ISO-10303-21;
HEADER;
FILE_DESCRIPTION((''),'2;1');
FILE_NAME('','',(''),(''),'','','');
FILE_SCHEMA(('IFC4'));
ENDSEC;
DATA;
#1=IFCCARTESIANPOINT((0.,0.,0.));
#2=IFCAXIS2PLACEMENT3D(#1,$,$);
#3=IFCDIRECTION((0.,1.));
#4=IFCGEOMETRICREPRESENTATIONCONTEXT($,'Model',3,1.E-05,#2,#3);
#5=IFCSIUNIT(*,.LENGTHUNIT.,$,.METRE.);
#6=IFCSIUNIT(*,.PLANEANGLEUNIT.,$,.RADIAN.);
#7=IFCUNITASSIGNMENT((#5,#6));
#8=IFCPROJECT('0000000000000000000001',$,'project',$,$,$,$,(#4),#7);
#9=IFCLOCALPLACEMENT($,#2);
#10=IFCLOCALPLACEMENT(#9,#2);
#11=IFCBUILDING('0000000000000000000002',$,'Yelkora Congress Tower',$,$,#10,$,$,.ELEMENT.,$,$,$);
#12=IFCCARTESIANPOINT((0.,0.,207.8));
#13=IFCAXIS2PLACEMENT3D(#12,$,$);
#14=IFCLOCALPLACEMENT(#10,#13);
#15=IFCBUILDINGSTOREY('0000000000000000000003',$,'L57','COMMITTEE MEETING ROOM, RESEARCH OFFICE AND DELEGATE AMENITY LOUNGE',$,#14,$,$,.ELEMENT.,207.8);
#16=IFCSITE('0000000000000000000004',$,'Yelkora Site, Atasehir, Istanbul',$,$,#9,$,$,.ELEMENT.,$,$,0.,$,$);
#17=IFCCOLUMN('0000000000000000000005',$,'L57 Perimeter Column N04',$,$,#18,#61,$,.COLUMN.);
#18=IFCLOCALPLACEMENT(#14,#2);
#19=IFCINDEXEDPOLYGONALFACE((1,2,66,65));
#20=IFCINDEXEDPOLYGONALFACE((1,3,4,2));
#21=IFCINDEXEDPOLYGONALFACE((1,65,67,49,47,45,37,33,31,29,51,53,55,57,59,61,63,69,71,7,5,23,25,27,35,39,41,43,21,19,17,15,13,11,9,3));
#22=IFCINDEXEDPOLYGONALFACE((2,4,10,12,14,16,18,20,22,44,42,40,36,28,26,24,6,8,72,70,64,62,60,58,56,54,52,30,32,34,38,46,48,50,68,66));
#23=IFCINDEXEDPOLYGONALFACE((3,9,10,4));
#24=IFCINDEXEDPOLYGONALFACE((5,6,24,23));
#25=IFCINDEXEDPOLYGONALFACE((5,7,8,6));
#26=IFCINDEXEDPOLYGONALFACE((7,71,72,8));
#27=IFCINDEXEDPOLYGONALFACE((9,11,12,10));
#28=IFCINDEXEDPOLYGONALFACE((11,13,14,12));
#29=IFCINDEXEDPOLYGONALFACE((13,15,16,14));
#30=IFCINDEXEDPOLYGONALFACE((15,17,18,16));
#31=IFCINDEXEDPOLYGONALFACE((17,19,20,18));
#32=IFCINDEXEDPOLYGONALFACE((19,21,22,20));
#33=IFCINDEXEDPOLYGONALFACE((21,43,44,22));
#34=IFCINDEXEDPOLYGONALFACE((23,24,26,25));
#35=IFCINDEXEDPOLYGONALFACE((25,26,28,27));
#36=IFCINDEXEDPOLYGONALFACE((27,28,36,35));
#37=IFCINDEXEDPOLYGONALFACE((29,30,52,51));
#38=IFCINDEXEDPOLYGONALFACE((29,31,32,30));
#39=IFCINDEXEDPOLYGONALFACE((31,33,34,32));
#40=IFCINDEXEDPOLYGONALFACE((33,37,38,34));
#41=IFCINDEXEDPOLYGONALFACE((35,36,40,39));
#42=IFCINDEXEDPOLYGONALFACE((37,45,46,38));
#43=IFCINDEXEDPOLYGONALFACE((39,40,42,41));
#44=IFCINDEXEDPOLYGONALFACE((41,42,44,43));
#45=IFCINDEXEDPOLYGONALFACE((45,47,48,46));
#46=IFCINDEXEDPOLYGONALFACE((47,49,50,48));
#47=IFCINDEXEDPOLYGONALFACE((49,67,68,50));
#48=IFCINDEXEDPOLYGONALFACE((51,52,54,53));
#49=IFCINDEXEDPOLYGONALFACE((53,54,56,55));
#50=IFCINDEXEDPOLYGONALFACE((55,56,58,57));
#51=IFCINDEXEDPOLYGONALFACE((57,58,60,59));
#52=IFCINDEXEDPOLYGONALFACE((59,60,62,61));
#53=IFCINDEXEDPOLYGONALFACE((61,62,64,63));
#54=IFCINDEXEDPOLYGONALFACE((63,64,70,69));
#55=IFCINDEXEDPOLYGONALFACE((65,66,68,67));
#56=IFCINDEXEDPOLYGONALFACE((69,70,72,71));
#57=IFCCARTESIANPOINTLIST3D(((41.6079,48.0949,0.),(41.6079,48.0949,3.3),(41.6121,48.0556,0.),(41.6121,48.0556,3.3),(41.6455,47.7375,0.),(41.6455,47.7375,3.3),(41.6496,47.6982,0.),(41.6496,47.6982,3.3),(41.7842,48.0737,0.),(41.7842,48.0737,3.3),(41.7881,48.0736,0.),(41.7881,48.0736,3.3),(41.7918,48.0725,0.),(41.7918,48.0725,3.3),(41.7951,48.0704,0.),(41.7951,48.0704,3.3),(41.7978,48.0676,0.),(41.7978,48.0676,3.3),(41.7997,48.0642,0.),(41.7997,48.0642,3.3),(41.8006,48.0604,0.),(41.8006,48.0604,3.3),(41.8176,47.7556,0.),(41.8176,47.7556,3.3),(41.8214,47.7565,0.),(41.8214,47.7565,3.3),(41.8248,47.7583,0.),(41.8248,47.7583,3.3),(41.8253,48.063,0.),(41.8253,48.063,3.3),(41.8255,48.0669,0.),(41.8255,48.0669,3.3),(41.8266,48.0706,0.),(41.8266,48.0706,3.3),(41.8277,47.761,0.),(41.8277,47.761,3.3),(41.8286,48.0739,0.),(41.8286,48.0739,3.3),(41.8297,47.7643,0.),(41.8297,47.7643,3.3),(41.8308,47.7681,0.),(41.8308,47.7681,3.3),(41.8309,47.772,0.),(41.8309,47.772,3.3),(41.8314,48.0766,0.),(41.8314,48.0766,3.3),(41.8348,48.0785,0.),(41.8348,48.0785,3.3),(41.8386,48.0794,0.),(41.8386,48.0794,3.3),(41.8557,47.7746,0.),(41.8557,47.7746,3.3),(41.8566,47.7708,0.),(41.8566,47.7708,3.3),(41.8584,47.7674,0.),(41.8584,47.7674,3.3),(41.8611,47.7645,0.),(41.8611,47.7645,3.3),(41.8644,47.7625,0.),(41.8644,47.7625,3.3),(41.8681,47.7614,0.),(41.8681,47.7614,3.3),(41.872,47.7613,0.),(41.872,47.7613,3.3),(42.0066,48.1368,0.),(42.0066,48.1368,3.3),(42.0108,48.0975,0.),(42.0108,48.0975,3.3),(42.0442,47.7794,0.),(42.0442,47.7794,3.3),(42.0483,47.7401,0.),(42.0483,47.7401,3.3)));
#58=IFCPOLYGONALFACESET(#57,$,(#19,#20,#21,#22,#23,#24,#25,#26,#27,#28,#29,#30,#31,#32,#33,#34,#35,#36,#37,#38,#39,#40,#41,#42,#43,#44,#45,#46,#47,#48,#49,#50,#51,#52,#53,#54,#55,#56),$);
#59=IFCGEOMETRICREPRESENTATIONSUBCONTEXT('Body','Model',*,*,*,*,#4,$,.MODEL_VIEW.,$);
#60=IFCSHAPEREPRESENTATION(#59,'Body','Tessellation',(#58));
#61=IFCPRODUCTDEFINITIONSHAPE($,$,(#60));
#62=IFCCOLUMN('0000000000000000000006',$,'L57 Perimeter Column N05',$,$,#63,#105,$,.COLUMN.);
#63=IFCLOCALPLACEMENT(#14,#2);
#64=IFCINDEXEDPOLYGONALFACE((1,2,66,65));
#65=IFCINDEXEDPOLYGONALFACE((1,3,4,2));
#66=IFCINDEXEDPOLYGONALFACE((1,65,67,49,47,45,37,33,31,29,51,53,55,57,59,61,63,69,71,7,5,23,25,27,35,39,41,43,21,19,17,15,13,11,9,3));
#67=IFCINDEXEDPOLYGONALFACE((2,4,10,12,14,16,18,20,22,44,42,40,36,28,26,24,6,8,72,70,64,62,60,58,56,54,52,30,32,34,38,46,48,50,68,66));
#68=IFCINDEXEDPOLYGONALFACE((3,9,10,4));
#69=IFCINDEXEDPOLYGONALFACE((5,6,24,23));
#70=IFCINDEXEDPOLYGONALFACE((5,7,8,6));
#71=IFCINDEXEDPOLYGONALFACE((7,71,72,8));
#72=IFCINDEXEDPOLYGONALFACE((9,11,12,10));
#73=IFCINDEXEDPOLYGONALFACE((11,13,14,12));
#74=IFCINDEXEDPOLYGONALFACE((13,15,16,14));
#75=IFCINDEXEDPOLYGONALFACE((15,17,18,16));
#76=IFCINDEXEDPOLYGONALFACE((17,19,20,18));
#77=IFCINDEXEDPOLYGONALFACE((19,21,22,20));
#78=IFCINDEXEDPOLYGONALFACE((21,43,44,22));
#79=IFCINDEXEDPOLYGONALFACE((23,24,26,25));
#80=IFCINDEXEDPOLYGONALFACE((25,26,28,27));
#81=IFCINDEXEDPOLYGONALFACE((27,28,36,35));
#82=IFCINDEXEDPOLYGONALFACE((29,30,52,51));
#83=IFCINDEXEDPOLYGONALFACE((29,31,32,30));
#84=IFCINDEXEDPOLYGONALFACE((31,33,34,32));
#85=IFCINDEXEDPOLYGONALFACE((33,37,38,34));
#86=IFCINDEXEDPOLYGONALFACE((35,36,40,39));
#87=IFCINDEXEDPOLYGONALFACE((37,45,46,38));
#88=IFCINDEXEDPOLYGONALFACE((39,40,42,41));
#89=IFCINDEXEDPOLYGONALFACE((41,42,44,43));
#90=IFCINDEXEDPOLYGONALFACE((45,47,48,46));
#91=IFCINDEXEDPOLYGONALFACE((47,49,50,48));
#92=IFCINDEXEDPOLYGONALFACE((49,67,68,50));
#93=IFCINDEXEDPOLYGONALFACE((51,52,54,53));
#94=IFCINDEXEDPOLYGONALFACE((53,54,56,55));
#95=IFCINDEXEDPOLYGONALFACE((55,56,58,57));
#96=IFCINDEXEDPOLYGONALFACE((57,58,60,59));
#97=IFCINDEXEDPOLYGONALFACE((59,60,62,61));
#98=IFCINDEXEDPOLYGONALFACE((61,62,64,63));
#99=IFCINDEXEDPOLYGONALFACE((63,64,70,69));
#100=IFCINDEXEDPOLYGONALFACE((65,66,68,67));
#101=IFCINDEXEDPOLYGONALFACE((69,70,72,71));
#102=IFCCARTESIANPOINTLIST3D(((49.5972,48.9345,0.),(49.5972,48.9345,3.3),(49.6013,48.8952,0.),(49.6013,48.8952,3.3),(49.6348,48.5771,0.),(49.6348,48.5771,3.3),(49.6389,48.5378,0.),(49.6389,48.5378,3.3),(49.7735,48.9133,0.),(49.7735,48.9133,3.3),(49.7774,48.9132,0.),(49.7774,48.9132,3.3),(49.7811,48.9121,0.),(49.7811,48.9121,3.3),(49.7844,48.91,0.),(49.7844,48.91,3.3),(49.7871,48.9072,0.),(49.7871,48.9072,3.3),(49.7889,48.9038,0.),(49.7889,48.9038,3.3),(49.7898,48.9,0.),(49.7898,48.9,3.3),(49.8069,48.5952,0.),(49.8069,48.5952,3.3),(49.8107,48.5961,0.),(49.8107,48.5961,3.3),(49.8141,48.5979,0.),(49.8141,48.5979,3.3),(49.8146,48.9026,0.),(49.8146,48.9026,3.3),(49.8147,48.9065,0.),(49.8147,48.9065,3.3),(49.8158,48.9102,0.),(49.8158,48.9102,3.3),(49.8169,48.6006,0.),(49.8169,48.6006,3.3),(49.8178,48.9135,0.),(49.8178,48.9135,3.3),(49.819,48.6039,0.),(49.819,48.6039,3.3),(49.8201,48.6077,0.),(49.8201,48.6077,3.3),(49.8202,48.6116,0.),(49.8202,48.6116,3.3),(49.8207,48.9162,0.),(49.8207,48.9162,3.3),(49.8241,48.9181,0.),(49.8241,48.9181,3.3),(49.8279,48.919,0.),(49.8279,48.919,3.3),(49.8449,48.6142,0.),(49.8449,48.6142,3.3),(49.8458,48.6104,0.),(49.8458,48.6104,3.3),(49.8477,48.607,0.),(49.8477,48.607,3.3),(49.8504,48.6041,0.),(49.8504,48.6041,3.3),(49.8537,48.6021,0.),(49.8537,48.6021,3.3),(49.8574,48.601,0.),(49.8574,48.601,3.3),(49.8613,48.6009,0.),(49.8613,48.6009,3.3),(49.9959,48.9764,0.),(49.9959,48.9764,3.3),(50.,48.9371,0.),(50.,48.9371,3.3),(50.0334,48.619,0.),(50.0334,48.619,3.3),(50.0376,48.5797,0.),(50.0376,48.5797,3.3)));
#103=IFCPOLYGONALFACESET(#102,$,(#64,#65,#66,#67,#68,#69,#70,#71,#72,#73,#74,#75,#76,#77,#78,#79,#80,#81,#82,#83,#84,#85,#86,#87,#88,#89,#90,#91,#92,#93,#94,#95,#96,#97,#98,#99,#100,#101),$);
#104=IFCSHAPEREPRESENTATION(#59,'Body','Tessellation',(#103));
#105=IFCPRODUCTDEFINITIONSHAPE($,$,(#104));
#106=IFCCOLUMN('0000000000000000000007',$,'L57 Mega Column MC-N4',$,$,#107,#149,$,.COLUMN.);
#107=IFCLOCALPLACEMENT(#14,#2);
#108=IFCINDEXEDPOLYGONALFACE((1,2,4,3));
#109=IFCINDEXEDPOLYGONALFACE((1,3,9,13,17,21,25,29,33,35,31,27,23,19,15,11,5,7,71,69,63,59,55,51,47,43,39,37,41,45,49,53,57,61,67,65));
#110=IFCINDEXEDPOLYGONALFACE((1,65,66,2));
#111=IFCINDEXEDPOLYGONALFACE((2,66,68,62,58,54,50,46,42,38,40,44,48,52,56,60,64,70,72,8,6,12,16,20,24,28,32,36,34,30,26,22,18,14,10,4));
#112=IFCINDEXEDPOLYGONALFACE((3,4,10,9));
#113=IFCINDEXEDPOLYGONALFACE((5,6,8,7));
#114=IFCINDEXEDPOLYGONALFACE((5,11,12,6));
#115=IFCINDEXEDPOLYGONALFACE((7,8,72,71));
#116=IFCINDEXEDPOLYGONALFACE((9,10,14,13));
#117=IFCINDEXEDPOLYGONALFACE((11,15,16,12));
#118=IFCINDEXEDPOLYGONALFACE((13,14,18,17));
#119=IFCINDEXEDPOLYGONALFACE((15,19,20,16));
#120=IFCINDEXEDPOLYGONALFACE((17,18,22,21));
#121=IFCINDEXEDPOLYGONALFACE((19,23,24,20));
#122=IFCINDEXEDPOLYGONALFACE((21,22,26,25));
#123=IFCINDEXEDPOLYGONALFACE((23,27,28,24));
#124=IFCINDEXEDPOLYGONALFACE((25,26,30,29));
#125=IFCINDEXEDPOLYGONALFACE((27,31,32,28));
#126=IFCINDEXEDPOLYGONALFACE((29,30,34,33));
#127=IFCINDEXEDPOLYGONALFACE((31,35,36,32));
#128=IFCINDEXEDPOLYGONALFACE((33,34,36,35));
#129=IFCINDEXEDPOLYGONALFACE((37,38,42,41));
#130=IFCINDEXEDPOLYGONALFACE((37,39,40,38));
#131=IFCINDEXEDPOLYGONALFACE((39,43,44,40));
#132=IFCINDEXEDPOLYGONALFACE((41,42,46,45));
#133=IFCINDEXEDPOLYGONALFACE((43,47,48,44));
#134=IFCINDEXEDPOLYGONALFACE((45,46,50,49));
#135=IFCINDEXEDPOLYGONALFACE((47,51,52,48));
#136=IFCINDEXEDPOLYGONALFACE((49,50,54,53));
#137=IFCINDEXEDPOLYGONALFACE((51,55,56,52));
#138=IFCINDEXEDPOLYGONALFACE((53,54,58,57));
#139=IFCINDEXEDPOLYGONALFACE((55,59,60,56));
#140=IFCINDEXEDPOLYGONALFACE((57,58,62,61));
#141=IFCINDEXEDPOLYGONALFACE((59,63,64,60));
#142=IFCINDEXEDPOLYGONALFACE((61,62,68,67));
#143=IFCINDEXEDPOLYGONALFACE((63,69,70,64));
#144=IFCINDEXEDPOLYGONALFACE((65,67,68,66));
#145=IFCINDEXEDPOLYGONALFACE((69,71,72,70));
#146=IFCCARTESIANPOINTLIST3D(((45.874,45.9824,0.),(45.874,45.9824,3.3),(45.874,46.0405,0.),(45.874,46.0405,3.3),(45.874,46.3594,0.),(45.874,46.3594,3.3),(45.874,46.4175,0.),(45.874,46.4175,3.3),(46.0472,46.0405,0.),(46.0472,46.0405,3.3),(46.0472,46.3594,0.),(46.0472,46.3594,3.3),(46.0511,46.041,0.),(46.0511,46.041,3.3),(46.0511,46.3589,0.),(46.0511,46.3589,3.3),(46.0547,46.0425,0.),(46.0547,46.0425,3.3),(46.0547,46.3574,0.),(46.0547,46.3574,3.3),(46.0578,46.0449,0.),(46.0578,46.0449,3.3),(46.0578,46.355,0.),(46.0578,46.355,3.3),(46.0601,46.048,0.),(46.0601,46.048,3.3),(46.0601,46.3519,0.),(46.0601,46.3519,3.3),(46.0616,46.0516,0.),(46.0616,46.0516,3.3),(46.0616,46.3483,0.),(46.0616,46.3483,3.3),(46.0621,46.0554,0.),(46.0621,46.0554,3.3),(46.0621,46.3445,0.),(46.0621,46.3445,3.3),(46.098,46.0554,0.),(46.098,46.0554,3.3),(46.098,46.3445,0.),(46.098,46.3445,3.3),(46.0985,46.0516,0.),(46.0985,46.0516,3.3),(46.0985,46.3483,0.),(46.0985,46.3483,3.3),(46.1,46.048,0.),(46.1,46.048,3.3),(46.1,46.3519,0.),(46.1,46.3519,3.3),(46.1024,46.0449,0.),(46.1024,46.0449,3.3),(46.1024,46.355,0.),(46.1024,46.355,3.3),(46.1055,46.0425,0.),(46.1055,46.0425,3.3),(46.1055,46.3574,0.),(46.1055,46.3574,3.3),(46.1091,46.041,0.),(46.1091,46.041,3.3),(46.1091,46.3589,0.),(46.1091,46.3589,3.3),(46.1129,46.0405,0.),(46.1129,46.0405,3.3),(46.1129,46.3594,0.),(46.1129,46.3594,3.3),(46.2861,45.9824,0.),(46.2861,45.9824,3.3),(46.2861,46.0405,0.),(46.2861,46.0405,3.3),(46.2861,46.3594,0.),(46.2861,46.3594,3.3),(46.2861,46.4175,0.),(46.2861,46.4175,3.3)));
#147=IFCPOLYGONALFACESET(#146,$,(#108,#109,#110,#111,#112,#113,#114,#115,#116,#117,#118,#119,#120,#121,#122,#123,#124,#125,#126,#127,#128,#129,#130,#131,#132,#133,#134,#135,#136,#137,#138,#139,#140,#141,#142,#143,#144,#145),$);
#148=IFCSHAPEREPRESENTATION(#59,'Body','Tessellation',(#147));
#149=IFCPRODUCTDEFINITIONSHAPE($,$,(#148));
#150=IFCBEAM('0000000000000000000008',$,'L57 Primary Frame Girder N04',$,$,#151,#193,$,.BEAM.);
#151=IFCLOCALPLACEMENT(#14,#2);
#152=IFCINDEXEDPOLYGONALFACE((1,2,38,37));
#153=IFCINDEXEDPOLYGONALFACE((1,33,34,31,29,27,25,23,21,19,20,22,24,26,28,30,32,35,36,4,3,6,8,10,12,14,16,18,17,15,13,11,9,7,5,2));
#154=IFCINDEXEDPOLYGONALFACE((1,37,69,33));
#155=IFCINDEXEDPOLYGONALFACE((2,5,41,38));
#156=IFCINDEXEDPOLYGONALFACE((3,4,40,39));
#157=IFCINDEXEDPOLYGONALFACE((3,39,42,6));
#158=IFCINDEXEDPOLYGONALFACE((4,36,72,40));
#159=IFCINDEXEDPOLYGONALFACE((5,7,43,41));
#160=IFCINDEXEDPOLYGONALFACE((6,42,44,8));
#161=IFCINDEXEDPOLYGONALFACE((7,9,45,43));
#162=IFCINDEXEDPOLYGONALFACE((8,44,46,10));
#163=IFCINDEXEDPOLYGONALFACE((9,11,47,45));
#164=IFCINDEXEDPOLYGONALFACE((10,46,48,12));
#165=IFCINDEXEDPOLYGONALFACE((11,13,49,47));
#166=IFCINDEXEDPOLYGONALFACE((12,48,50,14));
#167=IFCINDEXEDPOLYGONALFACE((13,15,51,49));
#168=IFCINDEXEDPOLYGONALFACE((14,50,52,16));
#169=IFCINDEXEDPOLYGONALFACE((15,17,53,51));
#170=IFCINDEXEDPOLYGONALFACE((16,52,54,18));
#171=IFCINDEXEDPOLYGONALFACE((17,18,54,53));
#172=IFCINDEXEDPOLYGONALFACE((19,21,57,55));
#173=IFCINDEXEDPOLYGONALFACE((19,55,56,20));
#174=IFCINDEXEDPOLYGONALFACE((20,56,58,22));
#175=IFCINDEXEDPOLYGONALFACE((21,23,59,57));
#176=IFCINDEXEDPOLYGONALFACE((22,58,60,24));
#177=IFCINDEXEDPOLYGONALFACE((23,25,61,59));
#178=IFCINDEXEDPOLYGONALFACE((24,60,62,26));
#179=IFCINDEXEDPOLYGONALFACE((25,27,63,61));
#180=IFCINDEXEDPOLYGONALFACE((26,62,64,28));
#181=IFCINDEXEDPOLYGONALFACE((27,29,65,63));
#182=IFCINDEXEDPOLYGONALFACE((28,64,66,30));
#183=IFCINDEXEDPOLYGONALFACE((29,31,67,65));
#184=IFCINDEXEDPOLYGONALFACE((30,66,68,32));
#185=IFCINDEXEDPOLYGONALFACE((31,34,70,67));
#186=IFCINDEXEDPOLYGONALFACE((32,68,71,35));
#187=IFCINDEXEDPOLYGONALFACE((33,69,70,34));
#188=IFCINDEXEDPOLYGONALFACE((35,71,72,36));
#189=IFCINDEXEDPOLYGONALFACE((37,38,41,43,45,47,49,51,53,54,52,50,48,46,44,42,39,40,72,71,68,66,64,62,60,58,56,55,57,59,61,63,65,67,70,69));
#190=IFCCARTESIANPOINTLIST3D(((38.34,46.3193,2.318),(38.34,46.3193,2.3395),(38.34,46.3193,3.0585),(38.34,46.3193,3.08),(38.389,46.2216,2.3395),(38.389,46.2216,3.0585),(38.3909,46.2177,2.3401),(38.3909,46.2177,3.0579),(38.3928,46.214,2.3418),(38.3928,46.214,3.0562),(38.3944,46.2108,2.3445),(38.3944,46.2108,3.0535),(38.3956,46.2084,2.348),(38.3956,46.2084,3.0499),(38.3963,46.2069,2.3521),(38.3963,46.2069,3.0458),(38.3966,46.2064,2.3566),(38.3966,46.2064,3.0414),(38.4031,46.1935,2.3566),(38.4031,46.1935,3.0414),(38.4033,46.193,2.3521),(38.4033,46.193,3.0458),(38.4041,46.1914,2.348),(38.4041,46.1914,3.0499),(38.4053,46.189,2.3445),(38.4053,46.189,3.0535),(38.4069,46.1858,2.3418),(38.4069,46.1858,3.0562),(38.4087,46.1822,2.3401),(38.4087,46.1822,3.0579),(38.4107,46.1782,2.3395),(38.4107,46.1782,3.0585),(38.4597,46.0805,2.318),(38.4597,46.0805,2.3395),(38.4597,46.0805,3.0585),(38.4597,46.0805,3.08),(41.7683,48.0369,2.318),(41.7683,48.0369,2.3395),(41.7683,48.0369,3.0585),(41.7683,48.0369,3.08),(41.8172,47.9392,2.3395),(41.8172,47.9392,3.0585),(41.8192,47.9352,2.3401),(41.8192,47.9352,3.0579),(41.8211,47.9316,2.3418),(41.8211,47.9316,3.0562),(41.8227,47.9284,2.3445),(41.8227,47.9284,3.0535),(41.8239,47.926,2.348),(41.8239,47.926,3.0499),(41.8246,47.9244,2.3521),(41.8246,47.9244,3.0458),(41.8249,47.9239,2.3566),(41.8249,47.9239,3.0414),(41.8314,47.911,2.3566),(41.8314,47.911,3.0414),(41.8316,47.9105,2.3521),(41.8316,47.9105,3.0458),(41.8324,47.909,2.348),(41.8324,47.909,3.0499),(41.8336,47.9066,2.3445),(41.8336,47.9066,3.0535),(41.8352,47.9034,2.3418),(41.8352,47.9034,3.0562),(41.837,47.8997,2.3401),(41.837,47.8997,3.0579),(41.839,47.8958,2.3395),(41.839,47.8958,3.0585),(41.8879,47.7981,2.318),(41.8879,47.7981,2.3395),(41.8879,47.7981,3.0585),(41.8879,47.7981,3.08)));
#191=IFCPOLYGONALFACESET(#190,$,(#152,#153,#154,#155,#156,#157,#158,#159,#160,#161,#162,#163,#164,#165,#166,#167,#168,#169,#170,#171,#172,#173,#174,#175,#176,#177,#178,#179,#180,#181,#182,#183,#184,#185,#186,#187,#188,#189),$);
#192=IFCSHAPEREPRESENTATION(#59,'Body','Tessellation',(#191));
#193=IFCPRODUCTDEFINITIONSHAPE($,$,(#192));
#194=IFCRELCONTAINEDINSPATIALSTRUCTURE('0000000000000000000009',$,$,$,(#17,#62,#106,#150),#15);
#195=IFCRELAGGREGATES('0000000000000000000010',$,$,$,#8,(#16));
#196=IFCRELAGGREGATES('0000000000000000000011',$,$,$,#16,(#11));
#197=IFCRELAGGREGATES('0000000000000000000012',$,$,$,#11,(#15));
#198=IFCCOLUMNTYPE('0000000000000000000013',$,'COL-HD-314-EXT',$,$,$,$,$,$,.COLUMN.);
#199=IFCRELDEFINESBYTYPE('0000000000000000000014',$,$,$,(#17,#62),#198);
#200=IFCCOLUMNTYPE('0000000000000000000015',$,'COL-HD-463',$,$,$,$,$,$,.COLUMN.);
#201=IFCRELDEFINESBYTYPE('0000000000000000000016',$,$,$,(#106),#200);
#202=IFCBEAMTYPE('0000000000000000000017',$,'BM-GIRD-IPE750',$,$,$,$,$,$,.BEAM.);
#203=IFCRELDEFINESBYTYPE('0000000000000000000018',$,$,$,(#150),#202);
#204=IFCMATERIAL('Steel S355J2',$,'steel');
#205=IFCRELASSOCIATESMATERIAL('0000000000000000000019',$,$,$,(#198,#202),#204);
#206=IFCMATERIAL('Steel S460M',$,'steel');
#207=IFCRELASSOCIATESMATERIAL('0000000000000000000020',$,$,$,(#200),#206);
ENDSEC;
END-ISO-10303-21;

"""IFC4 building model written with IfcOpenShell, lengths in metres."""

from ifc_helpers import new_model, si_unit, direction, frame, origin, origin_2d, place, context, subcontext, project, spatial, i_section, extrude, material, material_profile, profile_set, type_object, element, save


model = new_model("IFC4")

# Units and contexts
model_context = context("Model", 3, precision=1e-05, world=origin(), true_north=direction((0.0, 1.0)))
body_context = subcontext(model_context, "Body", "Model", "MODEL_VIEW")
ifc_project = project(units=[si_unit("LENGTHUNIT", "METRE"), si_unit("PLANEANGLEUNIT", "RADIAN")], contexts=[model_context])

# Site, building, storey
site_placement = place(None, origin())
site = spatial("IfcSite", under=ifc_project, at=site_placement, Name="Yelkora Site, Atasehir, Istanbul", CompositionType="ELEMENT", RefElevation=0.0)
building_placement = place(site_placement, origin())
building = spatial("IfcBuilding", under=site, at=building_placement, Name="Yelkora Congress Tower", CompositionType="ELEMENT")
storey_placement = place(building_placement, frame((0.0, 0.0, 207.8)))
storey = spatial("IfcBuildingStorey", under=building, at=storey_placement, Name="L57", Description="COMMITTEE MEETING ROOM, RESEARCH OFFICE AND DELEGATE AMENITY LOUNGE", CompositionType="ELEMENT", Elevation=207.8)

# Columns
ifc_material_1 = material(Name="Steel S355J2", Category="steel")
ifc_material_profile_1 = material_profile(ifc_material_1, i_section(OverallWidth=0.4009, OverallDepth=0.3989, WebThickness=0.0249, FlangeThickness=0.0396, FilletRadius=0.0149, at=origin_2d()), Name="HD 400x314")
ifc_profile_set_1 = profile_set([ifc_material_profile_1], Name="Steel S355J2")
column_type_1 = type_object("IfcColumnType", Name="COL-HD-314-EXT", PredefinedType="COLUMN", material=ifc_profile_set_1)
for number, where, z_axis, x_axis, name in (
    (1, (41.8281, 47.9175, 0.0), (0.0, 0.0, 1.0), (0.994522, 0.104528, 0.0), "L57 Perimeter Column N04"),
    (2, (49.8174, 48.7571, 0.0), (0.0, 0.0, 1.0), (0.994522, 0.104528, 0.0), "L57 Perimeter Column N05"),
):
    element("IfcColumn", number, at=place(storey_placement, frame(where, z_axis=z_axis, x_axis=x_axis)), inside=storey, type_object=column_type_1, Name=name, PredefinedType="COLUMN", context=body_context, shape_type="SweptSolid", body=[
        extrude(i_section(OverallWidth=0.4009, OverallDepth=0.3989, WebThickness=0.0249, FlangeThickness=0.0396, FilletRadius=0.0149, at=origin_2d()), origin(), (0.0, 0.0, 1.0), 3.3),
    ])
ifc_material_2 = material(Name="Steel S460M", Category="steel")
ifc_material_profile_2 = material_profile(ifc_material_2, i_section(OverallWidth=0.4121, OverallDepth=0.4351, WebThickness=0.0359, FlangeThickness=0.0581, FilletRadius=0.0149, at=origin_2d()), Name="HD 400x463")
ifc_profile_set_2 = profile_set([ifc_material_profile_2], Name="Steel S460M")
column_type_2 = type_object("IfcColumnType", Name="COL-HD-463", PredefinedType="COLUMN", material=ifc_profile_set_2)
column_placement = place(storey_placement, frame((46.0801, 46.2, 0.0), z_axis=(0.0, 0.0, 1.0), x_axis=(1.0, 0.0, 0.0)))
element("IfcColumn", 3, at=column_placement, inside=storey, type_object=column_type_2, Name="L57 Mega Column MC-N4", PredefinedType="COLUMN", context=body_context, shape_type="SweptSolid", body=[
    extrude(i_section(OverallWidth=0.4121, OverallDepth=0.4351, WebThickness=0.0359, FlangeThickness=0.0581, FilletRadius=0.0149, at=origin_2d()), origin(), (0.0, 0.0, 1.0), 3.3),
])

# Beam
ifc_material_profile_3 = material_profile(ifc_material_1, i_section(OverallWidth=0.2671, OverallDepth=0.762, WebThickness=0.0144, FlangeThickness=0.0215, FilletRadius=0.0171, at=origin_2d()), Name="IPE 750x173")
ifc_profile_set_3 = profile_set([ifc_material_profile_3], Name="Steel S355J2")
beam_type_1 = type_object("IfcBeamType", Name="BM-GIRD-IPE750", PredefinedType="BEAM", material=ifc_profile_set_3)
beam_1_placement = place(storey_placement, frame((41.8281, 47.9175, 2.699), z_axis=(-0.89407, -0.447927, 0.0), x_axis=(0.447927, -0.89407, 0.0)))
element("IfcBeam", 4, at=beam_1_placement, inside=storey, type_object=beam_type_1, Name="L57 Primary Frame Girder N04", PredefinedType="BEAM", context=body_context, shape_type="SweptSolid", body=[
    extrude(i_section(OverallWidth=0.2671, OverallDepth=0.762, WebThickness=0.0144, FlangeThickness=0.0215, FilletRadius=0.0171, at=origin_2d()), origin(), (0.0, 0.0, 1.0), 3.8345),
])

save(model, "model.ifc")
